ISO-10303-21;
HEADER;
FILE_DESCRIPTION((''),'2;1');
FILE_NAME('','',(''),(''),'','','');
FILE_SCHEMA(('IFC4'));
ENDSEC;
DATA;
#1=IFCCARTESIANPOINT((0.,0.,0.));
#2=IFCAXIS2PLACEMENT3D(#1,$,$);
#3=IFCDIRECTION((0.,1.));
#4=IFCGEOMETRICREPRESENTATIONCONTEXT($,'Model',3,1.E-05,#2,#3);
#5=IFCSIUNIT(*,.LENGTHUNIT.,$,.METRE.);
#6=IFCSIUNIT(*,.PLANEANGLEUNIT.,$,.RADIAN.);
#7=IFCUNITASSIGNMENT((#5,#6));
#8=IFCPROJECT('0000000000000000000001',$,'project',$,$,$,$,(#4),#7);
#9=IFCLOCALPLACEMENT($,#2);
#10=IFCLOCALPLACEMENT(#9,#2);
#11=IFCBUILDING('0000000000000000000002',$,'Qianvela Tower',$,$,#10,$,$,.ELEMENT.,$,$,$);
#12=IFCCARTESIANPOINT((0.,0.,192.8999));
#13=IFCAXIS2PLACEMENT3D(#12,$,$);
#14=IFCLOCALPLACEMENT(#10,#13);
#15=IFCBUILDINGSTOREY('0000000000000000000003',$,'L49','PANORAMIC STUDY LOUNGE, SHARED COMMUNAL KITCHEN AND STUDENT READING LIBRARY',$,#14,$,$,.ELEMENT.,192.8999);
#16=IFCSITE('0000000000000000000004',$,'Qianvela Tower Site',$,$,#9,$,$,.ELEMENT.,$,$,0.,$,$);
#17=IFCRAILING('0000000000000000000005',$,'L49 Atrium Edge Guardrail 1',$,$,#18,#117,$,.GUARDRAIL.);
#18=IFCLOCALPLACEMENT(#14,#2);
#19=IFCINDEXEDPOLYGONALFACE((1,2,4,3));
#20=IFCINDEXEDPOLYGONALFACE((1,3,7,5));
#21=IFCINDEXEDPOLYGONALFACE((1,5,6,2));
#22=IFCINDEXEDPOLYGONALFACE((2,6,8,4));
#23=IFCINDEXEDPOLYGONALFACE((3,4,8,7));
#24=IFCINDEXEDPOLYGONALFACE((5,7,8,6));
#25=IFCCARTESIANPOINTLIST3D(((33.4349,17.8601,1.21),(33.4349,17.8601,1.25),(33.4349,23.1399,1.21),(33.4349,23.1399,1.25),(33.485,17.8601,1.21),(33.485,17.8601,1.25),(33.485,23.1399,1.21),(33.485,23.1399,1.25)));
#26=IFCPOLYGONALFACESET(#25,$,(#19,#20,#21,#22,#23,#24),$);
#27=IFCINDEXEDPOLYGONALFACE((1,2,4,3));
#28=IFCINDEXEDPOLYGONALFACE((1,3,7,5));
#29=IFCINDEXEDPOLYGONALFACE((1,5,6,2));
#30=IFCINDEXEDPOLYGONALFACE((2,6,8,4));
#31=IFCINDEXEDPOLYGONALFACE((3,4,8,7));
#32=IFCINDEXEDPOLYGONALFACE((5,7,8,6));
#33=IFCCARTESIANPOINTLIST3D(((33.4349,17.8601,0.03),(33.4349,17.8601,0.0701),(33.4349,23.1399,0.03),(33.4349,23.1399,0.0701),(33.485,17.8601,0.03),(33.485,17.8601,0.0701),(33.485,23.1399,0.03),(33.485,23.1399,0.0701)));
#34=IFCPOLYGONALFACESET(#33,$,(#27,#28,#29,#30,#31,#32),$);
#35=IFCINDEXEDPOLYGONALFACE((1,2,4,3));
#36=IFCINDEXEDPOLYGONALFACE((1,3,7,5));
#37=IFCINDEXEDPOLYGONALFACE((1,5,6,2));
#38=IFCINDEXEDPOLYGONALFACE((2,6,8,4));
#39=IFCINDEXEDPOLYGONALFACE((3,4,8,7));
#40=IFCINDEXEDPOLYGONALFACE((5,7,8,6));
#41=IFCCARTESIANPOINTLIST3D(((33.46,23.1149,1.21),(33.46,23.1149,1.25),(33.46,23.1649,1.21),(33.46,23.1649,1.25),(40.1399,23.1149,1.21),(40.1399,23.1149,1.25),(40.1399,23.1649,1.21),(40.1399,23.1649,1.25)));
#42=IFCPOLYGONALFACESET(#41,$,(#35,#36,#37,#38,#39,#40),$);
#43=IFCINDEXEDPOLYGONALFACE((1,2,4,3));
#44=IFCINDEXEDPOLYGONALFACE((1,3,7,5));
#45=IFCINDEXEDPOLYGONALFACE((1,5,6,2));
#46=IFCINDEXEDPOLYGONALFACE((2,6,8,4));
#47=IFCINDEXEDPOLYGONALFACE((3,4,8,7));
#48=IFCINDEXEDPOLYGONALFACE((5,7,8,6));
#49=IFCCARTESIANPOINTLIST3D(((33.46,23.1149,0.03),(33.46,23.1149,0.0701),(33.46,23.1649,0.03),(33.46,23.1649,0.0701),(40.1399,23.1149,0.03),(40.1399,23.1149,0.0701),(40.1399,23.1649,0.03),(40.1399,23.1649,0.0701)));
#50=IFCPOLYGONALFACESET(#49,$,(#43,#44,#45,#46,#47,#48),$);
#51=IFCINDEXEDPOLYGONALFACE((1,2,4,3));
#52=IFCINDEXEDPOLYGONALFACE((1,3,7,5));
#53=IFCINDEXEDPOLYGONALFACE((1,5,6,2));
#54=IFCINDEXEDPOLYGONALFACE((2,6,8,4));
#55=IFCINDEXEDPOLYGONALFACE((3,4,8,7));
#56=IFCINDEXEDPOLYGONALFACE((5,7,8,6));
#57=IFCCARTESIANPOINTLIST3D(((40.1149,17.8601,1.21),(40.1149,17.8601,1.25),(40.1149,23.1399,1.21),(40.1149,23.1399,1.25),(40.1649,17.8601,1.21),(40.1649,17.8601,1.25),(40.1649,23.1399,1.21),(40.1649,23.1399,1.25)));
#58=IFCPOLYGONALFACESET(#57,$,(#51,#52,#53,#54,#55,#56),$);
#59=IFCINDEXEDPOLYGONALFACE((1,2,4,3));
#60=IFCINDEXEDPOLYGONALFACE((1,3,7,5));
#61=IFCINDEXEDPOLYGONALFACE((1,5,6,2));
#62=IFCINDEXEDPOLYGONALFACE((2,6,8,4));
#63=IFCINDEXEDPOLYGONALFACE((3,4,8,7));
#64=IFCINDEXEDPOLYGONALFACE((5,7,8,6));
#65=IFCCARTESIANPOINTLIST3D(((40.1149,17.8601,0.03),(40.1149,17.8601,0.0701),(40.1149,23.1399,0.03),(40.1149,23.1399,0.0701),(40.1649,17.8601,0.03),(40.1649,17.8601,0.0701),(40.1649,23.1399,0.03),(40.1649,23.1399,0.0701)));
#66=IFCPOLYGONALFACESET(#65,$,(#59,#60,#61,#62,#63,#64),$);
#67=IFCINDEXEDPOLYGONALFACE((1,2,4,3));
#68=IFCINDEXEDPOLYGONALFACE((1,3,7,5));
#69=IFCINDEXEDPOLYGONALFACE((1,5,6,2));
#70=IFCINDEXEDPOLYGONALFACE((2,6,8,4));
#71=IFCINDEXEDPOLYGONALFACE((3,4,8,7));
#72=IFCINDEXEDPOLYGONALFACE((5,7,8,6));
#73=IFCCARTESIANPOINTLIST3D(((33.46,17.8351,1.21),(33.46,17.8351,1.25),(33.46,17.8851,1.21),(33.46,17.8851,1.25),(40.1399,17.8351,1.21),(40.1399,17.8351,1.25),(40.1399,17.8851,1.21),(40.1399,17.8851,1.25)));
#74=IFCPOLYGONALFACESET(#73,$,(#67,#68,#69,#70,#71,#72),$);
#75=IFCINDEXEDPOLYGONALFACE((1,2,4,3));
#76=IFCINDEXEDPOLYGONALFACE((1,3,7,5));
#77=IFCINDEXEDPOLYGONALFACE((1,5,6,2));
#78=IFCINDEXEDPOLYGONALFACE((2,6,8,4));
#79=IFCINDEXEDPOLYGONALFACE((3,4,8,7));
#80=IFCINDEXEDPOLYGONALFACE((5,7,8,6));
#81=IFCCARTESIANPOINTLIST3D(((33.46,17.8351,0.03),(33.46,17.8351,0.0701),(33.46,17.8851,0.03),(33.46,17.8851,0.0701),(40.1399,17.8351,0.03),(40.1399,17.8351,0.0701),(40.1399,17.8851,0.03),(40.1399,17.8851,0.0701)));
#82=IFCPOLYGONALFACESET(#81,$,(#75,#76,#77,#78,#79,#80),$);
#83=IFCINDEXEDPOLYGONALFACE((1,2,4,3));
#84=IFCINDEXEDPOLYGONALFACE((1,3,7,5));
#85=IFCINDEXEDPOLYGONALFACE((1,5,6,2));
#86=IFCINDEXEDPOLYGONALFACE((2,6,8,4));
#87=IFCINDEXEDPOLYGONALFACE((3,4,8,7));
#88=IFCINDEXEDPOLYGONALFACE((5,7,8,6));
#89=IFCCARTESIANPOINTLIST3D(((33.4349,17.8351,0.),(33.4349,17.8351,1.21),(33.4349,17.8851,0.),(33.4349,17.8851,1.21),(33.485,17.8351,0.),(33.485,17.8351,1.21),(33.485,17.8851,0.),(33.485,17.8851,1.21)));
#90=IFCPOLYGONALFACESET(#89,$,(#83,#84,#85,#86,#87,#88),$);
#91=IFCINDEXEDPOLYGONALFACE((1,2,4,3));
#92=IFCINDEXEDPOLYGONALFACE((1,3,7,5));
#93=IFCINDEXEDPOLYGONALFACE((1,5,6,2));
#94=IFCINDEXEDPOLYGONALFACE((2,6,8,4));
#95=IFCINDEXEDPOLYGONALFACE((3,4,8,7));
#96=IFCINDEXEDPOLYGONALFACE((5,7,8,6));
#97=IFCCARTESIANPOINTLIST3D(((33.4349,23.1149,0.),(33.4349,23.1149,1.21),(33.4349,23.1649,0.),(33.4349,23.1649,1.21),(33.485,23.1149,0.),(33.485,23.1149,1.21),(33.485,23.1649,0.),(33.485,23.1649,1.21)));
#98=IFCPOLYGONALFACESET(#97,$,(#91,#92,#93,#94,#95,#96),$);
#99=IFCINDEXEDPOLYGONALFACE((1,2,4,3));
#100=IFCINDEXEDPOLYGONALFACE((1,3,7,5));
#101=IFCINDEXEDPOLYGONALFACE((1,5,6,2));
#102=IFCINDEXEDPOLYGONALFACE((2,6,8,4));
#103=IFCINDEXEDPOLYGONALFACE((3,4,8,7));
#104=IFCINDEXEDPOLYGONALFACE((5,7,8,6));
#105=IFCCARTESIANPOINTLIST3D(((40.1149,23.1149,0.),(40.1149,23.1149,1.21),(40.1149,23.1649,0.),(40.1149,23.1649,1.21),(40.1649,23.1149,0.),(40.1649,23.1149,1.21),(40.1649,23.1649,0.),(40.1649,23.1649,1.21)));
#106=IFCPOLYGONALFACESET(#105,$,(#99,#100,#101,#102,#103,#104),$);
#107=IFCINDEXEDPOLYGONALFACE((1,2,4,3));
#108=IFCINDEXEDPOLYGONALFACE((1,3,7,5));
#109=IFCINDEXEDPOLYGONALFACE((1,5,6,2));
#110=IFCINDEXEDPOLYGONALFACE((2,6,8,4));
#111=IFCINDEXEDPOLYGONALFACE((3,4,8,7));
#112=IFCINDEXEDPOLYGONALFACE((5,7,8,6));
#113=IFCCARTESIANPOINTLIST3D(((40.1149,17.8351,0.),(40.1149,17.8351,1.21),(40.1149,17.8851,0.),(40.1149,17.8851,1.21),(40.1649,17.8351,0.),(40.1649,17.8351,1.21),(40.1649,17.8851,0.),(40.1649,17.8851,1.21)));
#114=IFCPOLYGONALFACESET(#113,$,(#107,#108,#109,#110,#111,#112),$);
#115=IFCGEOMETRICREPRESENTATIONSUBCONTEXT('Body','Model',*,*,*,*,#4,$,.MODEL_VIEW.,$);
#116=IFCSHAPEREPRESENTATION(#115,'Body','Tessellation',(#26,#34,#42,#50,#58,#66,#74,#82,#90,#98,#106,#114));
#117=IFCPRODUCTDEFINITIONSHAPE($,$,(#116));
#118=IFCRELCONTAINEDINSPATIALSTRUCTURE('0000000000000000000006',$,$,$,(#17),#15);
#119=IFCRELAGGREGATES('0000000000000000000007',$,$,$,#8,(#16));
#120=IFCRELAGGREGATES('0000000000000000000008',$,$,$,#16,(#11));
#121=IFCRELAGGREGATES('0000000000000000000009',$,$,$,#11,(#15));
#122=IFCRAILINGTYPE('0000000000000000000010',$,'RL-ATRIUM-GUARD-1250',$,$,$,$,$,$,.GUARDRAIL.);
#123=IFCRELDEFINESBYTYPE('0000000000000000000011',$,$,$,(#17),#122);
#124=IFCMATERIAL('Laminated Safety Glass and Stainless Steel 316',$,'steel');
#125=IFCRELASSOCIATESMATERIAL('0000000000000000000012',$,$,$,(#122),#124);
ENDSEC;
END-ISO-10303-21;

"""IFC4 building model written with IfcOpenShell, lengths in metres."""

from ifc_helpers import new_model, si_unit, direction, frame, origin, origin_2d, place, context, subcontext, project, spatial, rectangle, extrude, material, type_object, element, save


model = new_model("IFC4")

# Units and contexts
model_context = context("Model", 3, precision=1e-05, world=origin(), true_north=direction((0.0, 1.0)))
body_context = subcontext(model_context, "Body", "Model", "MODEL_VIEW")
ifc_project = project(units=[si_unit("LENGTHUNIT", "METRE"), si_unit("PLANEANGLEUNIT", "RADIAN")], contexts=[model_context])

# Site, building, storey
site_placement = place(None, origin())
site = spatial("IfcSite", under=ifc_project, at=site_placement, Name="Qianvela Tower Site", CompositionType="ELEMENT", RefElevation=0.0)
building_placement = place(site_placement, origin())
building = spatial("IfcBuilding", under=site, at=building_placement, Name="Qianvela Tower", CompositionType="ELEMENT")
storey_placement = place(building_placement, frame((0.0, 0.0, 192.8999)))
storey = spatial("IfcBuildingStorey", under=building, at=storey_placement, Name="L49", Description="PANORAMIC STUDY LOUNGE, SHARED COMMUNAL KITCHEN AND STUDENT READING LIBRARY", CompositionType="ELEMENT", Elevation=192.8999)

# Railing
ifc_material_1 = material(Name="Laminated Safety Glass and Stainless Steel 316", Category="steel")
railing_type = type_object("IfcRailingType", Name="RL-ATRIUM-GUARD-1250", PredefinedType="GUARDRAIL", material=ifc_material_1)
railing_placement = place(storey_placement, frame((33.46, 17.8601, 0.0)))
element("IfcRailing", 1, at=railing_placement, inside=storey, type_object=railing_type, Name="L49 Atrium Edge Guardrail 1", PredefinedType="GUARDRAIL", context=body_context, shape_type="SweptSolid", body=[
    extrude(rectangle(XDim=0.05, YDim=0.04, at=origin_2d()), frame((0.0, 0.0, 1.23), z_axis=(0.0, 1.0, 0.0), x_axis=(-1.0, 0.0, 0.0)), (0.0, 0.0, 1.0), 5.2798),
    extrude(rectangle(XDim=0.05, YDim=0.04, at=origin_2d()), frame((0.0, 0.0, 0.05), z_axis=(0.0, 1.0, 0.0), x_axis=(-1.0, 0.0, 0.0)), (0.0, 0.0, 1.0), 5.2798),
    extrude(rectangle(XDim=0.05, YDim=0.04, at=origin_2d()), frame((0.0, 5.2798, 1.23), z_axis=(1.0, 0.0, 0.0), x_axis=(0.0, 1.0, 0.0)), (0.0, 0.0, 1.0), 6.6799),
    extrude(rectangle(XDim=0.05, YDim=0.04, at=origin_2d()), frame((0.0, 5.2798, 0.05), z_axis=(1.0, 0.0, 0.0), x_axis=(0.0, 1.0, 0.0)), (0.0, 0.0, 1.0), 6.6799),
    extrude(rectangle(XDim=0.05, YDim=0.04, at=origin_2d()), frame((6.6799, 5.2798, 1.23), z_axis=(0.0, -1.0, 0.0), x_axis=(1.0, 0.0, 0.0)), (0.0, 0.0, 1.0), 5.2798),
    extrude(rectangle(XDim=0.05, YDim=0.04, at=origin_2d()), frame((6.6799, 5.2798, 0.05), z_axis=(0.0, -1.0, 0.0), x_axis=(1.0, 0.0, 0.0)), (0.0, 0.0, 1.0), 5.2798),
    extrude(rectangle(XDim=0.05, YDim=0.04, at=origin_2d()), frame((6.6799, 0.0, 1.23), z_axis=(-1.0, 0.0, 0.0), x_axis=(0.0, -1.0, 0.0)), (0.0, 0.0, 1.0), 6.6799),
    extrude(rectangle(XDim=0.05, YDim=0.04, at=origin_2d()), frame((6.6799, 0.0, 0.05), z_axis=(-1.0, 0.0, 0.0), x_axis=(0.0, -1.0, 0.0)), (0.0, 0.0, 1.0), 6.6799),
    extrude(rectangle(XDim=0.05, YDim=0.05, at=origin_2d()), origin(), (0.0, 0.0, 1.0), 1.21),
    extrude(rectangle(XDim=0.05, YDim=0.05, at=origin_2d()), frame((0.0, 5.2798, 0.0)), (0.0, 0.0, 1.0), 1.21),
    extrude(rectangle(XDim=0.05, YDim=0.05, at=origin_2d()), frame((6.6799, 5.2798, 0.0)), (0.0, 0.0, 1.0), 1.21),
    extrude(rectangle(XDim=0.05, YDim=0.05, at=origin_2d()), frame((6.6799, 0.0, 0.0)), (0.0, 0.0, 1.0), 1.21),
])

save(model, "model.ifc")
